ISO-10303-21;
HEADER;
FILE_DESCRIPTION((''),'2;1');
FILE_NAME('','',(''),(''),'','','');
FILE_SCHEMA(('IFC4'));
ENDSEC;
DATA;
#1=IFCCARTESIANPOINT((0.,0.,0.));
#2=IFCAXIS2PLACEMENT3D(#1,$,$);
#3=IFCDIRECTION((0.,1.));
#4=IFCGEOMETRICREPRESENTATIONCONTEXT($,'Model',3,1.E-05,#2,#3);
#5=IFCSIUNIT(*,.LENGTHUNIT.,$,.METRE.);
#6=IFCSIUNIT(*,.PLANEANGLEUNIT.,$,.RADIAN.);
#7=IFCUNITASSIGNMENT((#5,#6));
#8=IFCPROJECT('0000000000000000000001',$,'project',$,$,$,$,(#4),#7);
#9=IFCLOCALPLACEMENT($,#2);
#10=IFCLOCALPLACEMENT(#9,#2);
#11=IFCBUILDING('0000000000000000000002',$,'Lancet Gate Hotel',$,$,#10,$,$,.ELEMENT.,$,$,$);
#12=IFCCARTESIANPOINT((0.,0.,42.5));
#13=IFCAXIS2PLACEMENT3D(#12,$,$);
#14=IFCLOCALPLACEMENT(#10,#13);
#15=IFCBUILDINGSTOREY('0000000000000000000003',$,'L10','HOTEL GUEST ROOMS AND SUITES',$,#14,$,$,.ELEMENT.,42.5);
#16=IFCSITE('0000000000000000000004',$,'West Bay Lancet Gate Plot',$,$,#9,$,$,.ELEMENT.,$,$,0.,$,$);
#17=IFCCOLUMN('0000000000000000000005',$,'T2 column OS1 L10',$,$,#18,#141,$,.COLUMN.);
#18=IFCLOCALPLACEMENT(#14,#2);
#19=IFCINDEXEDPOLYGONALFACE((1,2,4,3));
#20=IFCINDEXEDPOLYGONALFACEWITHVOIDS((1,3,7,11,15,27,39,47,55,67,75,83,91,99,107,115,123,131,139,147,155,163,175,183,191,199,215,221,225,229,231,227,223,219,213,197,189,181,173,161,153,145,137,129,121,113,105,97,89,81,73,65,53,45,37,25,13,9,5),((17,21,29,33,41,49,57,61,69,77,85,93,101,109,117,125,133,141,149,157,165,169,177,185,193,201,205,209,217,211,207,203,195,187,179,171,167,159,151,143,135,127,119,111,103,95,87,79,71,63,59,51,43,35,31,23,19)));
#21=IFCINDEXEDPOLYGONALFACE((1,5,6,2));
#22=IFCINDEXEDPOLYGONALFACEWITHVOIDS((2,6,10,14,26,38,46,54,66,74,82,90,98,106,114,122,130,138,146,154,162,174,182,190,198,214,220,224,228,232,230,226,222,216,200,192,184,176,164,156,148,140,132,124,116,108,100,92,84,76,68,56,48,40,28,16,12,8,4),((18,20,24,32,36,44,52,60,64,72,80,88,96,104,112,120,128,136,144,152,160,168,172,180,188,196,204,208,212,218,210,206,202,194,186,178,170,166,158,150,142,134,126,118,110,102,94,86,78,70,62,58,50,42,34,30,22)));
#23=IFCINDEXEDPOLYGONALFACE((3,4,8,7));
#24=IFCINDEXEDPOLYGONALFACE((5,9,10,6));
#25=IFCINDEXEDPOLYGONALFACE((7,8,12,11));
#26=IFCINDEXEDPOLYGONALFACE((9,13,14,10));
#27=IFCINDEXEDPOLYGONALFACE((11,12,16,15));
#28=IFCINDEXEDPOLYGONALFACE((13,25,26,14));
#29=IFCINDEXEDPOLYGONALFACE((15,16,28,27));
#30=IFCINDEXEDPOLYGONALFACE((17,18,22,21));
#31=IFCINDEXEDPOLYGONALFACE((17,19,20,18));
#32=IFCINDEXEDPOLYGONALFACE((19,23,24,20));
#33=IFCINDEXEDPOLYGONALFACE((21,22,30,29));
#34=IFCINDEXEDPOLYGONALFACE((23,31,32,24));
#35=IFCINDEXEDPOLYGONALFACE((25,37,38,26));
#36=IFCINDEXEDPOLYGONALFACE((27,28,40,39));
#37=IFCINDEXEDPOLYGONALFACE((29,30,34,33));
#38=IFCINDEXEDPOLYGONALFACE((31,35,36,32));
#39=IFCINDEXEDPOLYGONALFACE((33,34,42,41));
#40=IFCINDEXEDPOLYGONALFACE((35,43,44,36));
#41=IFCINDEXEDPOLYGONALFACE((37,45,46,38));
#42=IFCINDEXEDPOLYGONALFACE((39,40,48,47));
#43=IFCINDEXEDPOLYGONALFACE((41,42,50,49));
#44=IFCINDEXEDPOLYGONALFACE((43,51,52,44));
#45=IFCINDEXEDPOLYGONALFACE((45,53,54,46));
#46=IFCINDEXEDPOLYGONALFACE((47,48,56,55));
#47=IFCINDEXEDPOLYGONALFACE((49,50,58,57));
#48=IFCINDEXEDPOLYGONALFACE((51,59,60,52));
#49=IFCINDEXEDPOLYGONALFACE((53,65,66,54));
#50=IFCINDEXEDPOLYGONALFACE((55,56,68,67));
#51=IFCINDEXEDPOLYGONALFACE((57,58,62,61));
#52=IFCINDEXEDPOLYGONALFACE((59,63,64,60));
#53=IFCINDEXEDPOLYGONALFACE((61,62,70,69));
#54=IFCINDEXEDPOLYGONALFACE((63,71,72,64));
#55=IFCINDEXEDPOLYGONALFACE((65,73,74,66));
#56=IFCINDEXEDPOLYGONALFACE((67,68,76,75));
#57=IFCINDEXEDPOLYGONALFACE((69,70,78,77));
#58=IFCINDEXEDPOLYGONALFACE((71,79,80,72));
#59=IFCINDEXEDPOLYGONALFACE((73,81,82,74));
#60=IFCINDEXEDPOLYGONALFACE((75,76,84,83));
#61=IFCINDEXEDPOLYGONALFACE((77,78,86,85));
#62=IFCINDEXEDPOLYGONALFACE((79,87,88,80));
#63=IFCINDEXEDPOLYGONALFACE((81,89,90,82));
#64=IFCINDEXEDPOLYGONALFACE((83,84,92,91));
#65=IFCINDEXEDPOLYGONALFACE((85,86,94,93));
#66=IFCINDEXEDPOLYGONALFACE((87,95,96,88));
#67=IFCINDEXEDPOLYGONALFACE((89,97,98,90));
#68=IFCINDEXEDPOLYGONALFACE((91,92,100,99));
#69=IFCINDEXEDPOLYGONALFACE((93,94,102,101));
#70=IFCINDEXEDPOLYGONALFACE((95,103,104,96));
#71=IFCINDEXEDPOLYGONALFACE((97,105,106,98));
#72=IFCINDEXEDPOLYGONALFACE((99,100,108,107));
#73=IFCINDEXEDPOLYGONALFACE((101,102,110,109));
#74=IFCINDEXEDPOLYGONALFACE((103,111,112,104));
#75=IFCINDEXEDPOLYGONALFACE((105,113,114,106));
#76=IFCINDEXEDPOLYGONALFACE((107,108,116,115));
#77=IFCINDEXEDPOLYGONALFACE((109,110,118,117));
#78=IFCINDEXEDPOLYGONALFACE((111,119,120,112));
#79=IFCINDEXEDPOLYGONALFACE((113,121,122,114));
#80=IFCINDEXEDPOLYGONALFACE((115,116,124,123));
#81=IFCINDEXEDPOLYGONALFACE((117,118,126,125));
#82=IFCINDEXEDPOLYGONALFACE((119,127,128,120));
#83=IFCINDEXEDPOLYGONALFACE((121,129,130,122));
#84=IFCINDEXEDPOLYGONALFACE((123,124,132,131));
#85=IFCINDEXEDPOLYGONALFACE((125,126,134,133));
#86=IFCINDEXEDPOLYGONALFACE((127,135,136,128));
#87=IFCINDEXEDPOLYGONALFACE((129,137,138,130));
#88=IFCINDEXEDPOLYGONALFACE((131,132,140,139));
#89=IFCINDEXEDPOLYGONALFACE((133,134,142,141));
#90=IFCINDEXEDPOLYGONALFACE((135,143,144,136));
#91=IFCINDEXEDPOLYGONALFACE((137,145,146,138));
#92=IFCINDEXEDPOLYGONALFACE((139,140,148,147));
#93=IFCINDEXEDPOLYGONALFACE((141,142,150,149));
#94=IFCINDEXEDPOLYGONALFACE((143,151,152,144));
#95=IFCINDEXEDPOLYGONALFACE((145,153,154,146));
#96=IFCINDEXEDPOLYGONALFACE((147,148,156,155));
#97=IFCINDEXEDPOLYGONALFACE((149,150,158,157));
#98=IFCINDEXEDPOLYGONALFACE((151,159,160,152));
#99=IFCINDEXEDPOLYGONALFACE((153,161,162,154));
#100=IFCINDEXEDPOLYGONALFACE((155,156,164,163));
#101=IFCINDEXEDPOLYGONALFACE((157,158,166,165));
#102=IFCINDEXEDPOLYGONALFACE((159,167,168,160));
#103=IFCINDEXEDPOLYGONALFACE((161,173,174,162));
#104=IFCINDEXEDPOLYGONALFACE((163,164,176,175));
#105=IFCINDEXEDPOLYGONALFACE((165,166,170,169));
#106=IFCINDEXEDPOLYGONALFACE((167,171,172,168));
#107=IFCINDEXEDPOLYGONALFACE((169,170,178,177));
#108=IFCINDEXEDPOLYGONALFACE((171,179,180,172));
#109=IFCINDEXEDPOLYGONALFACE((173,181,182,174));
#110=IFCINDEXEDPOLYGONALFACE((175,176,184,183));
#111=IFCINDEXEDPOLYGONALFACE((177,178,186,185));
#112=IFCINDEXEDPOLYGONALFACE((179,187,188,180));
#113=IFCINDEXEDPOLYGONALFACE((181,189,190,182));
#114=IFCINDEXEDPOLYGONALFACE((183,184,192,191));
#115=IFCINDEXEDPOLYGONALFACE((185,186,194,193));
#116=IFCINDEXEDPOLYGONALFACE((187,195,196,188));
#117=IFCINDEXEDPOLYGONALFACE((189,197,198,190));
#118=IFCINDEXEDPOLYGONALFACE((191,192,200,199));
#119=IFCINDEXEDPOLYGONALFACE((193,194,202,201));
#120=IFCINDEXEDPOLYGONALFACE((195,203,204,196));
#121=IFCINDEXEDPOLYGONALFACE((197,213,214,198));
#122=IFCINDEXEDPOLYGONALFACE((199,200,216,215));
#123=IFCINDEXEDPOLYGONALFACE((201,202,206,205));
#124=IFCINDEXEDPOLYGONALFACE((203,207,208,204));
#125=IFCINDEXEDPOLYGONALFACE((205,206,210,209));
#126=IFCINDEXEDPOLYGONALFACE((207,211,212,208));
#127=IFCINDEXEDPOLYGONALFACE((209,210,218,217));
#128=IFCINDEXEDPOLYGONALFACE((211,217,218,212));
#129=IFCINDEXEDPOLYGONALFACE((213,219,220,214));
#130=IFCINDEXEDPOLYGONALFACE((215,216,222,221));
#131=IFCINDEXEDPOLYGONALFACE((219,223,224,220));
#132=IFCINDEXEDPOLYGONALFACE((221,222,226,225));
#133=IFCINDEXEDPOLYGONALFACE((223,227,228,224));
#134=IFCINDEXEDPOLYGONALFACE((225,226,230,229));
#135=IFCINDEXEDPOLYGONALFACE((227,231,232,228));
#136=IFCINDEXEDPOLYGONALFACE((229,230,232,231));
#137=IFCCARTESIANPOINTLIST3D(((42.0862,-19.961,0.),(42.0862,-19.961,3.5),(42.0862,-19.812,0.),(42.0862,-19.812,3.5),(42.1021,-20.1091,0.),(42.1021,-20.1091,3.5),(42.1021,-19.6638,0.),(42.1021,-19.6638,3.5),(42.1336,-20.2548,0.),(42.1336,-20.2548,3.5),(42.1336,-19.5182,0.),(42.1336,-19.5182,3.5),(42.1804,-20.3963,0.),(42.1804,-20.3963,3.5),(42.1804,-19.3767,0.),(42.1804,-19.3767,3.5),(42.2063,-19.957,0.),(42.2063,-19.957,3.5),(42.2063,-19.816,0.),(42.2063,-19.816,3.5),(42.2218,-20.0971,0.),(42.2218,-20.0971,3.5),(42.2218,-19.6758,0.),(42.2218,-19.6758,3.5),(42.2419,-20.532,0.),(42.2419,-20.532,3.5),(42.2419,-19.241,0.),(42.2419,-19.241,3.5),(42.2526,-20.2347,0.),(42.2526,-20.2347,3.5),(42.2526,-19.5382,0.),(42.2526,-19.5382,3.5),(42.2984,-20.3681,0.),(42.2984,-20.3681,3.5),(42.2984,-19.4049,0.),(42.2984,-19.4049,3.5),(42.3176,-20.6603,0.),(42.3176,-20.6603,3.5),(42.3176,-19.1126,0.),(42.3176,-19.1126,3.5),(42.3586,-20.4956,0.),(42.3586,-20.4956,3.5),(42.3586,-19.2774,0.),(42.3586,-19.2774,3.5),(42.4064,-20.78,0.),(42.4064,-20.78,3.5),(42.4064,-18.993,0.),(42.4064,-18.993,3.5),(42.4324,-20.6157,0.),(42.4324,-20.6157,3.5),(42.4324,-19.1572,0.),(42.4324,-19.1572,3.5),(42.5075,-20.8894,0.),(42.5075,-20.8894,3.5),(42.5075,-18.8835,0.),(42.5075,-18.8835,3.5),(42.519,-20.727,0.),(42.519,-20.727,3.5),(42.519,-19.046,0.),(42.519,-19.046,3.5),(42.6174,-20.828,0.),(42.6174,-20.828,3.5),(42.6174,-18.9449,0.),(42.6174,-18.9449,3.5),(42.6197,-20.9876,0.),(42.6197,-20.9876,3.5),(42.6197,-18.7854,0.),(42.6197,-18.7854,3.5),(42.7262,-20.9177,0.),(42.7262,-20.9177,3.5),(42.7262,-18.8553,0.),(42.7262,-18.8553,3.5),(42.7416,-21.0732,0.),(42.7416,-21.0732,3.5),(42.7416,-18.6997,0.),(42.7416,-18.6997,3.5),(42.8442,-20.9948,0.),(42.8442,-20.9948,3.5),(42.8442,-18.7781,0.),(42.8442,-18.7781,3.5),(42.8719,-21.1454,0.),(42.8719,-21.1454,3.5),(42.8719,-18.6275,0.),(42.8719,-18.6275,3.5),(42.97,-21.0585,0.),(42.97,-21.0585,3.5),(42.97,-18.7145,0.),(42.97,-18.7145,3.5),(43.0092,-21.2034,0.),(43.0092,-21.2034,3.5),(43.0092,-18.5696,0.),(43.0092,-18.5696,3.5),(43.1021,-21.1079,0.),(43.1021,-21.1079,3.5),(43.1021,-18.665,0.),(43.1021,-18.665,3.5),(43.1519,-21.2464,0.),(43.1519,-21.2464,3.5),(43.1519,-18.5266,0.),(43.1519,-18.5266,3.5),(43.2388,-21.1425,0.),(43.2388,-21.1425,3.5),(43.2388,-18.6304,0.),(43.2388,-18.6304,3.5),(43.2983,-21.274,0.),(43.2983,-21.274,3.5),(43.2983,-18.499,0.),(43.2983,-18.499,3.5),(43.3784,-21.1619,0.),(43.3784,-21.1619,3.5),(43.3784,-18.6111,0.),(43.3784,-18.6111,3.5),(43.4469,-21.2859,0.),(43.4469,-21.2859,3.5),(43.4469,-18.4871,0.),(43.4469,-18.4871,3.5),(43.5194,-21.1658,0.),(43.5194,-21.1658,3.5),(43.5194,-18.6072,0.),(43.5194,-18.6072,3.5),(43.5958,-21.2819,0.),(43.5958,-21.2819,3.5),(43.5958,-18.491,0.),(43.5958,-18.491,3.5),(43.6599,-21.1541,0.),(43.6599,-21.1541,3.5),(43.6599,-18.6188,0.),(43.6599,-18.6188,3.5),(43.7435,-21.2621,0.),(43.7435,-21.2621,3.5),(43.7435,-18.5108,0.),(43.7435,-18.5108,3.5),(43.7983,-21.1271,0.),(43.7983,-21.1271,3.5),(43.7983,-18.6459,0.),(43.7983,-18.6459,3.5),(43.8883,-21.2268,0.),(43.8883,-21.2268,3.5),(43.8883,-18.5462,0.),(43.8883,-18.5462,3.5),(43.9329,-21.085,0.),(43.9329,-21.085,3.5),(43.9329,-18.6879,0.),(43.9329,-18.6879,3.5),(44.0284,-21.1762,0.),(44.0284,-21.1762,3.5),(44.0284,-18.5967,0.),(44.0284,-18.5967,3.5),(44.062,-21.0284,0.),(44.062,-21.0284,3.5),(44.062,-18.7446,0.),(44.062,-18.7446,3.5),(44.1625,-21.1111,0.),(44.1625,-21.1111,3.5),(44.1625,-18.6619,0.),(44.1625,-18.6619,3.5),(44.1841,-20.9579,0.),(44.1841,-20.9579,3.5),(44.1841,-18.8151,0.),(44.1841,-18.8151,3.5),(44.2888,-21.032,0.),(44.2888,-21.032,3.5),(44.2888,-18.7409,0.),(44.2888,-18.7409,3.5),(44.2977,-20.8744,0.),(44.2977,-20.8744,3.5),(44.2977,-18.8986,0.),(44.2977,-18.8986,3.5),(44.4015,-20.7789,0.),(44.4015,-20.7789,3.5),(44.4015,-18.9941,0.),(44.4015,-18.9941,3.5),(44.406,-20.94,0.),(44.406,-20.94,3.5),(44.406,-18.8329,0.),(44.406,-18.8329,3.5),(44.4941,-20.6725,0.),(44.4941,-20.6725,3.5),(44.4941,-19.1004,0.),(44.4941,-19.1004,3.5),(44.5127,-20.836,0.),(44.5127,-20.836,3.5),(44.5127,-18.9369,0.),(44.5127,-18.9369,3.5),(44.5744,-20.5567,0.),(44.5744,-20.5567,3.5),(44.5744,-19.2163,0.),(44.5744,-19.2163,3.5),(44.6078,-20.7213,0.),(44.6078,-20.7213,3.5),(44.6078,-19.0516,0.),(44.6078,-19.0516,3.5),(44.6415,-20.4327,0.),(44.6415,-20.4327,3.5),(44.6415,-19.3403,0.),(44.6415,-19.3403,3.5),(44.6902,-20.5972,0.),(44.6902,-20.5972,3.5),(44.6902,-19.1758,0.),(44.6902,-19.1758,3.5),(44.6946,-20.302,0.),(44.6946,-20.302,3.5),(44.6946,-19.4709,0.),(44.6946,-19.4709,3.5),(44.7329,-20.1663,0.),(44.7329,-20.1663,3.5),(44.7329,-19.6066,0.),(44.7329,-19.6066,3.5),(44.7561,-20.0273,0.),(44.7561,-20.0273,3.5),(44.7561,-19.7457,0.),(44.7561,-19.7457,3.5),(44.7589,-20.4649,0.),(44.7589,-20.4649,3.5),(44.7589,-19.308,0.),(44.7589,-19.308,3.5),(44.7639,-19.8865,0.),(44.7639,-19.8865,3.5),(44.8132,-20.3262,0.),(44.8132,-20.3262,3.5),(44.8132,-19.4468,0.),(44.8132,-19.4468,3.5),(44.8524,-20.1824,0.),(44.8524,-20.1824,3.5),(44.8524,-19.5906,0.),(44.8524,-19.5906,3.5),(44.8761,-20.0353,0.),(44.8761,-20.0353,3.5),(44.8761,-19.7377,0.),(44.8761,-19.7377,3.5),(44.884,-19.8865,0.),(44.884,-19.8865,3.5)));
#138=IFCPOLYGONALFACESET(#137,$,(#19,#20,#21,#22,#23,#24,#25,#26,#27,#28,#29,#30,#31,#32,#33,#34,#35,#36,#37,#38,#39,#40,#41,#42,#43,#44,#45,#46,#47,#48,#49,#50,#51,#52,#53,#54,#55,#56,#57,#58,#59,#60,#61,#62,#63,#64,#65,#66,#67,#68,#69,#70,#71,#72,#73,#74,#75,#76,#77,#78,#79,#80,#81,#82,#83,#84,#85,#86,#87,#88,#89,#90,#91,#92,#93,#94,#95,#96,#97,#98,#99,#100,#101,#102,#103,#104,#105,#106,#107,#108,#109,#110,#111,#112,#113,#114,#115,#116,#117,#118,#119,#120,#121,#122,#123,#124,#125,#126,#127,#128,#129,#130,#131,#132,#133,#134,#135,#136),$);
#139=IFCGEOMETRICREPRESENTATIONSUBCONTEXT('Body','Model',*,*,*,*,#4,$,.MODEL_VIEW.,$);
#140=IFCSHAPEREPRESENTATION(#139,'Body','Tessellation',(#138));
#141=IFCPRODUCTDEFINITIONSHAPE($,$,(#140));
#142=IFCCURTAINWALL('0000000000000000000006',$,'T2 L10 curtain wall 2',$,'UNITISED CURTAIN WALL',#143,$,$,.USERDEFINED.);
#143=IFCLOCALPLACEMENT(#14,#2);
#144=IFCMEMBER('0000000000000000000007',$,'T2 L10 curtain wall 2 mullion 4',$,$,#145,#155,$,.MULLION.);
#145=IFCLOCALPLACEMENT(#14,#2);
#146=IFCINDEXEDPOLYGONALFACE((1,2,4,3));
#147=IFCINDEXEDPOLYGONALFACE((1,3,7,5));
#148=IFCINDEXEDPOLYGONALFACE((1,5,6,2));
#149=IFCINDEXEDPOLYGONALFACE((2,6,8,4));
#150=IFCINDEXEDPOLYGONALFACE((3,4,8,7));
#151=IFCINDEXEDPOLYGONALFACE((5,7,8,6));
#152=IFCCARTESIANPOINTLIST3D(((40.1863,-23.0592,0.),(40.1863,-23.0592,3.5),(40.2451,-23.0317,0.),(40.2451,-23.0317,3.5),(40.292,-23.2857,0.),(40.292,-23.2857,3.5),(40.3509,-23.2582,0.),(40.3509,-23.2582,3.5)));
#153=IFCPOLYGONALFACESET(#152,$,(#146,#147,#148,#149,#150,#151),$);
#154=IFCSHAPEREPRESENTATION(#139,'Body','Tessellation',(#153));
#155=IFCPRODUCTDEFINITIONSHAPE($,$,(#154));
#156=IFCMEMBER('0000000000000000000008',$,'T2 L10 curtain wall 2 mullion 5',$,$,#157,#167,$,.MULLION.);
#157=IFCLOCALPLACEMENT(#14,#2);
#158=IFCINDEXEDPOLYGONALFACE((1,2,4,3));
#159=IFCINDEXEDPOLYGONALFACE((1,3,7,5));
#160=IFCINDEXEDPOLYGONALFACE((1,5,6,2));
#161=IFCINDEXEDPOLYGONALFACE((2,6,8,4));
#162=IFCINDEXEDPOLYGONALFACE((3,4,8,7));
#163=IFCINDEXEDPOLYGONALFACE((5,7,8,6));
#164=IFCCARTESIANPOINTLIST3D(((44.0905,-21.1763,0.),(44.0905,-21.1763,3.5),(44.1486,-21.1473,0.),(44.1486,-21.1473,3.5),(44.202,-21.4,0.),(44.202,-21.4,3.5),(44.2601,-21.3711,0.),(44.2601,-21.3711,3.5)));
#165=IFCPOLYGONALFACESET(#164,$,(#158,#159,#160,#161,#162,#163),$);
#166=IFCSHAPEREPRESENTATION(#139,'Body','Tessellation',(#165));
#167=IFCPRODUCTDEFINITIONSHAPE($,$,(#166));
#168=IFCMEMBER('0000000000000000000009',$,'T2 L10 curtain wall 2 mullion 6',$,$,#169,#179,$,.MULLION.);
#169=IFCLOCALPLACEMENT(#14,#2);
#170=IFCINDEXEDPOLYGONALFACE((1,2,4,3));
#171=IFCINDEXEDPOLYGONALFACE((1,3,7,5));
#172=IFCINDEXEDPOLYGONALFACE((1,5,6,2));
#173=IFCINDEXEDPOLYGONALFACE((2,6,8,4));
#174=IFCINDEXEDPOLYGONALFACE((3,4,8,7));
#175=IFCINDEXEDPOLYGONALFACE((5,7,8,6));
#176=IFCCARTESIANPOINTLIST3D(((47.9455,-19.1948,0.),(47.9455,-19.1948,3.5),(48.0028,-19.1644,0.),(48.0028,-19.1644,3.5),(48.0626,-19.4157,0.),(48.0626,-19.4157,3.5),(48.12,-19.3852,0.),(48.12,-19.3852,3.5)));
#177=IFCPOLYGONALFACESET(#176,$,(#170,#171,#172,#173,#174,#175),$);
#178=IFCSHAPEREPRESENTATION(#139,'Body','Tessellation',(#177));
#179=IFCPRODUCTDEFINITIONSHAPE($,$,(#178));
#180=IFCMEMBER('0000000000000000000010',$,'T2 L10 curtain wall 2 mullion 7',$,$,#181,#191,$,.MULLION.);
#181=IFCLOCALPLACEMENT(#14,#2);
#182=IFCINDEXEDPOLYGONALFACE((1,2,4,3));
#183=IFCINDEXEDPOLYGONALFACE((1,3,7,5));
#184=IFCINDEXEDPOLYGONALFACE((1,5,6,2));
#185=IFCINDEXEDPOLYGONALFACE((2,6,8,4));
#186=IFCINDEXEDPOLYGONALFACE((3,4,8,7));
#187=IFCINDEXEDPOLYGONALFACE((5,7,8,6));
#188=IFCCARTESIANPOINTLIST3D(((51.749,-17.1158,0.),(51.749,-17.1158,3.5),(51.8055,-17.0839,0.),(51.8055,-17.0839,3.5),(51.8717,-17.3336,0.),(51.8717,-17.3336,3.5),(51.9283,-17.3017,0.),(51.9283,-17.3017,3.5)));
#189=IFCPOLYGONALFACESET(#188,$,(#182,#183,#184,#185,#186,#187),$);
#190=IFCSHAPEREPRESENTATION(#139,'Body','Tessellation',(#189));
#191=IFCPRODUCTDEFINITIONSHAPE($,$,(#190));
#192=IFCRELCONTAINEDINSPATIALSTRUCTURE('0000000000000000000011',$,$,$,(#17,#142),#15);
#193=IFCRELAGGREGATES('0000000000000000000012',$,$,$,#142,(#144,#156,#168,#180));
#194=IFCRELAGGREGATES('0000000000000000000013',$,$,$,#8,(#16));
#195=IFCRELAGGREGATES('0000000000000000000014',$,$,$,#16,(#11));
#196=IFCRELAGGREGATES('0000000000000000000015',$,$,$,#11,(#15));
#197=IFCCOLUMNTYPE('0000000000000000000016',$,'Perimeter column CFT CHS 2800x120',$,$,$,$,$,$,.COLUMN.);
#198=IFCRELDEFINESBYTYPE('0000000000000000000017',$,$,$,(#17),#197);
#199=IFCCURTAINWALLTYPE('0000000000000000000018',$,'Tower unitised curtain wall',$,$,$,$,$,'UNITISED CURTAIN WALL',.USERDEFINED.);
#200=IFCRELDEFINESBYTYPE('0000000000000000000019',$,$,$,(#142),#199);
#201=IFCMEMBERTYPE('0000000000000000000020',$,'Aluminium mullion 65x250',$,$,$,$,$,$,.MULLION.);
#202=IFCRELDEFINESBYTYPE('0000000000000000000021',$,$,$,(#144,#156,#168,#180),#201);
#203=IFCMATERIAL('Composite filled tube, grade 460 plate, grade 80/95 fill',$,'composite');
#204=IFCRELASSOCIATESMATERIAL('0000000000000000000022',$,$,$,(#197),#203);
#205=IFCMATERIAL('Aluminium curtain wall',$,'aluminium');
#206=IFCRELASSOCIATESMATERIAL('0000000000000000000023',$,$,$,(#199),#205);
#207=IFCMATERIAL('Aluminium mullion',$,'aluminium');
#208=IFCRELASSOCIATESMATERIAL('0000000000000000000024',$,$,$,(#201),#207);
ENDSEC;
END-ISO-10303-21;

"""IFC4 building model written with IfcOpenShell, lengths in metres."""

from ifc_helpers import new_model, si_unit, direction, frame, origin, origin_2d, place, context, subcontext, project, spatial, rectangle, hollow_circle, extrude, material, material_profile, profile_set, type_object, element, aggregate, save


model = new_model("IFC4")

# Units and contexts
model_context = context("Model", 3, precision=1e-05, world=origin(), true_north=direction((0.0, 1.0)))
body_context = subcontext(model_context, "Body", "Model", "MODEL_VIEW")
ifc_project = project(units=[si_unit("LENGTHUNIT", "METRE"), si_unit("PLANEANGLEUNIT", "RADIAN")], contexts=[model_context])

# Site, building, storey
site_placement = place(None, origin())
site = spatial("IfcSite", under=ifc_project, at=site_placement, Name="West Bay Lancet Gate Plot", CompositionType="ELEMENT", RefElevation=0.0)
building_placement = place(site_placement, origin())
building = spatial("IfcBuilding", under=site, at=building_placement, Name="Lancet Gate Hotel", CompositionType="ELEMENT")
storey_placement = place(building_placement, frame((0.0, 0.0, 42.5)))
storey = spatial("IfcBuildingStorey", under=building, at=storey_placement, Name="L10", Description="HOTEL GUEST ROOMS AND SUITES", CompositionType="ELEMENT", Elevation=42.5)

# Column
ifc_material_1 = material(Name="Composite filled tube, grade 460 plate, grade 80/95 fill", Category="composite")
ifc_material_profile_1 = material_profile(ifc_material_1, hollow_circle(Radius=1.3999, WallThickness=0.1201, at=origin_2d()), Name="CHS 2800x120")
ifc_profile_set_1 = profile_set([ifc_material_profile_1], Name="Composite filled tube, grade 460 plate, grade 80/95 fill")
column_type = type_object("IfcColumnType", Name="Perimeter column CFT CHS 2800x120", PredefinedType="COLUMN", material=ifc_profile_set_1)
column_placement = place(storey_placement, frame((43.4841, -19.8865, 0.0), z_axis=(0.0, 0.0, 1.0), x_axis=(1.0, 0.0, 0.0)))
element("IfcColumn", 1, at=column_placement, inside=storey, type_object=column_type, Name="T2 column OS1 L10", PredefinedType="COLUMN", context=body_context, shape_type="SweptSolid", body=[
    extrude(hollow_circle(Radius=1.3999, WallThickness=0.1201, at=origin_2d()), origin(), (0.0, 0.0, 1.0), 3.5),
])

# Curtain wall, members
ifc_material_2 = material(Name="Aluminium curtain wall", Category="aluminium")
curtain_wall_type = type_object("IfcCurtainWallType", Name="Tower unitised curtain wall", ElementType="UNITISED CURTAIN WALL", PredefinedType="USERDEFINED", material=ifc_material_2)
curtain_wall_placement = place(storey_placement, origin())
curtain_wall = element("IfcCurtainWall", 2, at=curtain_wall_placement, inside=storey, type_object=curtain_wall_type, Name="T2 L10 curtain wall 2", ObjectType="UNITISED CURTAIN WALL", PredefinedType="USERDEFINED")
ifc_material_3 = material(Name="Aluminium mullion", Category="aluminium")
ifc_material_profile_2 = material_profile(ifc_material_3, rectangle(XDim=0.0649, YDim=0.25, at=origin_2d()), Name="MULLION 65x250")
ifc_profile_set_2 = profile_set([ifc_material_profile_2], Name="Aluminium mullion")
member_type_1 = type_object("IfcMemberType", Name="Aluminium mullion 65x250", PredefinedType="MULLION", material=ifc_profile_set_2)
member_1_placement = place(storey_placement, frame((40.2686, -23.1587, 0.0), z_axis=(0.0, 0.0, 1.0), x_axis=(0.906105, 0.423053, 0.0)))
member_1 = element("IfcMember", 3, at=member_1_placement, type_object=member_type_1, Name="T2 L10 curtain wall 2 mullion 4", PredefinedType="MULLION", context=body_context, shape_type="SweptSolid", body=[
    extrude(rectangle(XDim=0.0649, YDim=0.25, at=origin_2d()), origin(), (0.0, 0.0, 1.0), 3.5),
])
member_2_placement = place(storey_placement, frame((44.1753, -21.2737, 0.0), z_axis=(0.0, 0.0, 1.0), x_axis=(0.895044, 0.445978, 0.0)))
member_2 = element("IfcMember", 4, at=member_2_placement, type_object=member_type_1, Name="T2 L10 curtain wall 2 mullion 5", PredefinedType="MULLION", context=body_context, shape_type="SweptSolid", body=[
    extrude(rectangle(XDim=0.0649, YDim=0.25, at=origin_2d()), origin(), (0.0, 0.0, 1.0), 3.5),
])
member_3_placement = place(storey_placement, frame((48.0327, -19.29, 0.0), z_axis=(0.0, 0.0, 1.0), x_axis=(0.883403, 0.468613, 0.0)))
member_3 = element("IfcMember", 5, at=member_3_placement, type_object=member_type_1, Name="T2 L10 curtain wall 2 mullion 6", PredefinedType="MULLION", context=body_context, shape_type="SweptSolid", body=[
    extrude(rectangle(XDim=0.0649, YDim=0.25, at=origin_2d()), origin(), (0.0, 0.0, 1.0), 3.5),
])
member_4_placement = place(storey_placement, frame((51.8386, -17.2087, 0.0), z_axis=(0.0, 0.0, 1.0), x_axis=(0.87119, 0.490945, 0.0)))
member_4 = element("IfcMember", 6, at=member_4_placement, type_object=member_type_1, Name="T2 L10 curtain wall 2 mullion 7", PredefinedType="MULLION", context=body_context, shape_type="SweptSolid", body=[
    extrude(rectangle(XDim=0.0649, YDim=0.25, at=origin_2d()), origin(), (0.0, 0.0, 1.0), 3.5),
])

aggregate(curtain_wall, [member_1, member_2, member_3, member_4])

save(model, "model.ifc")
